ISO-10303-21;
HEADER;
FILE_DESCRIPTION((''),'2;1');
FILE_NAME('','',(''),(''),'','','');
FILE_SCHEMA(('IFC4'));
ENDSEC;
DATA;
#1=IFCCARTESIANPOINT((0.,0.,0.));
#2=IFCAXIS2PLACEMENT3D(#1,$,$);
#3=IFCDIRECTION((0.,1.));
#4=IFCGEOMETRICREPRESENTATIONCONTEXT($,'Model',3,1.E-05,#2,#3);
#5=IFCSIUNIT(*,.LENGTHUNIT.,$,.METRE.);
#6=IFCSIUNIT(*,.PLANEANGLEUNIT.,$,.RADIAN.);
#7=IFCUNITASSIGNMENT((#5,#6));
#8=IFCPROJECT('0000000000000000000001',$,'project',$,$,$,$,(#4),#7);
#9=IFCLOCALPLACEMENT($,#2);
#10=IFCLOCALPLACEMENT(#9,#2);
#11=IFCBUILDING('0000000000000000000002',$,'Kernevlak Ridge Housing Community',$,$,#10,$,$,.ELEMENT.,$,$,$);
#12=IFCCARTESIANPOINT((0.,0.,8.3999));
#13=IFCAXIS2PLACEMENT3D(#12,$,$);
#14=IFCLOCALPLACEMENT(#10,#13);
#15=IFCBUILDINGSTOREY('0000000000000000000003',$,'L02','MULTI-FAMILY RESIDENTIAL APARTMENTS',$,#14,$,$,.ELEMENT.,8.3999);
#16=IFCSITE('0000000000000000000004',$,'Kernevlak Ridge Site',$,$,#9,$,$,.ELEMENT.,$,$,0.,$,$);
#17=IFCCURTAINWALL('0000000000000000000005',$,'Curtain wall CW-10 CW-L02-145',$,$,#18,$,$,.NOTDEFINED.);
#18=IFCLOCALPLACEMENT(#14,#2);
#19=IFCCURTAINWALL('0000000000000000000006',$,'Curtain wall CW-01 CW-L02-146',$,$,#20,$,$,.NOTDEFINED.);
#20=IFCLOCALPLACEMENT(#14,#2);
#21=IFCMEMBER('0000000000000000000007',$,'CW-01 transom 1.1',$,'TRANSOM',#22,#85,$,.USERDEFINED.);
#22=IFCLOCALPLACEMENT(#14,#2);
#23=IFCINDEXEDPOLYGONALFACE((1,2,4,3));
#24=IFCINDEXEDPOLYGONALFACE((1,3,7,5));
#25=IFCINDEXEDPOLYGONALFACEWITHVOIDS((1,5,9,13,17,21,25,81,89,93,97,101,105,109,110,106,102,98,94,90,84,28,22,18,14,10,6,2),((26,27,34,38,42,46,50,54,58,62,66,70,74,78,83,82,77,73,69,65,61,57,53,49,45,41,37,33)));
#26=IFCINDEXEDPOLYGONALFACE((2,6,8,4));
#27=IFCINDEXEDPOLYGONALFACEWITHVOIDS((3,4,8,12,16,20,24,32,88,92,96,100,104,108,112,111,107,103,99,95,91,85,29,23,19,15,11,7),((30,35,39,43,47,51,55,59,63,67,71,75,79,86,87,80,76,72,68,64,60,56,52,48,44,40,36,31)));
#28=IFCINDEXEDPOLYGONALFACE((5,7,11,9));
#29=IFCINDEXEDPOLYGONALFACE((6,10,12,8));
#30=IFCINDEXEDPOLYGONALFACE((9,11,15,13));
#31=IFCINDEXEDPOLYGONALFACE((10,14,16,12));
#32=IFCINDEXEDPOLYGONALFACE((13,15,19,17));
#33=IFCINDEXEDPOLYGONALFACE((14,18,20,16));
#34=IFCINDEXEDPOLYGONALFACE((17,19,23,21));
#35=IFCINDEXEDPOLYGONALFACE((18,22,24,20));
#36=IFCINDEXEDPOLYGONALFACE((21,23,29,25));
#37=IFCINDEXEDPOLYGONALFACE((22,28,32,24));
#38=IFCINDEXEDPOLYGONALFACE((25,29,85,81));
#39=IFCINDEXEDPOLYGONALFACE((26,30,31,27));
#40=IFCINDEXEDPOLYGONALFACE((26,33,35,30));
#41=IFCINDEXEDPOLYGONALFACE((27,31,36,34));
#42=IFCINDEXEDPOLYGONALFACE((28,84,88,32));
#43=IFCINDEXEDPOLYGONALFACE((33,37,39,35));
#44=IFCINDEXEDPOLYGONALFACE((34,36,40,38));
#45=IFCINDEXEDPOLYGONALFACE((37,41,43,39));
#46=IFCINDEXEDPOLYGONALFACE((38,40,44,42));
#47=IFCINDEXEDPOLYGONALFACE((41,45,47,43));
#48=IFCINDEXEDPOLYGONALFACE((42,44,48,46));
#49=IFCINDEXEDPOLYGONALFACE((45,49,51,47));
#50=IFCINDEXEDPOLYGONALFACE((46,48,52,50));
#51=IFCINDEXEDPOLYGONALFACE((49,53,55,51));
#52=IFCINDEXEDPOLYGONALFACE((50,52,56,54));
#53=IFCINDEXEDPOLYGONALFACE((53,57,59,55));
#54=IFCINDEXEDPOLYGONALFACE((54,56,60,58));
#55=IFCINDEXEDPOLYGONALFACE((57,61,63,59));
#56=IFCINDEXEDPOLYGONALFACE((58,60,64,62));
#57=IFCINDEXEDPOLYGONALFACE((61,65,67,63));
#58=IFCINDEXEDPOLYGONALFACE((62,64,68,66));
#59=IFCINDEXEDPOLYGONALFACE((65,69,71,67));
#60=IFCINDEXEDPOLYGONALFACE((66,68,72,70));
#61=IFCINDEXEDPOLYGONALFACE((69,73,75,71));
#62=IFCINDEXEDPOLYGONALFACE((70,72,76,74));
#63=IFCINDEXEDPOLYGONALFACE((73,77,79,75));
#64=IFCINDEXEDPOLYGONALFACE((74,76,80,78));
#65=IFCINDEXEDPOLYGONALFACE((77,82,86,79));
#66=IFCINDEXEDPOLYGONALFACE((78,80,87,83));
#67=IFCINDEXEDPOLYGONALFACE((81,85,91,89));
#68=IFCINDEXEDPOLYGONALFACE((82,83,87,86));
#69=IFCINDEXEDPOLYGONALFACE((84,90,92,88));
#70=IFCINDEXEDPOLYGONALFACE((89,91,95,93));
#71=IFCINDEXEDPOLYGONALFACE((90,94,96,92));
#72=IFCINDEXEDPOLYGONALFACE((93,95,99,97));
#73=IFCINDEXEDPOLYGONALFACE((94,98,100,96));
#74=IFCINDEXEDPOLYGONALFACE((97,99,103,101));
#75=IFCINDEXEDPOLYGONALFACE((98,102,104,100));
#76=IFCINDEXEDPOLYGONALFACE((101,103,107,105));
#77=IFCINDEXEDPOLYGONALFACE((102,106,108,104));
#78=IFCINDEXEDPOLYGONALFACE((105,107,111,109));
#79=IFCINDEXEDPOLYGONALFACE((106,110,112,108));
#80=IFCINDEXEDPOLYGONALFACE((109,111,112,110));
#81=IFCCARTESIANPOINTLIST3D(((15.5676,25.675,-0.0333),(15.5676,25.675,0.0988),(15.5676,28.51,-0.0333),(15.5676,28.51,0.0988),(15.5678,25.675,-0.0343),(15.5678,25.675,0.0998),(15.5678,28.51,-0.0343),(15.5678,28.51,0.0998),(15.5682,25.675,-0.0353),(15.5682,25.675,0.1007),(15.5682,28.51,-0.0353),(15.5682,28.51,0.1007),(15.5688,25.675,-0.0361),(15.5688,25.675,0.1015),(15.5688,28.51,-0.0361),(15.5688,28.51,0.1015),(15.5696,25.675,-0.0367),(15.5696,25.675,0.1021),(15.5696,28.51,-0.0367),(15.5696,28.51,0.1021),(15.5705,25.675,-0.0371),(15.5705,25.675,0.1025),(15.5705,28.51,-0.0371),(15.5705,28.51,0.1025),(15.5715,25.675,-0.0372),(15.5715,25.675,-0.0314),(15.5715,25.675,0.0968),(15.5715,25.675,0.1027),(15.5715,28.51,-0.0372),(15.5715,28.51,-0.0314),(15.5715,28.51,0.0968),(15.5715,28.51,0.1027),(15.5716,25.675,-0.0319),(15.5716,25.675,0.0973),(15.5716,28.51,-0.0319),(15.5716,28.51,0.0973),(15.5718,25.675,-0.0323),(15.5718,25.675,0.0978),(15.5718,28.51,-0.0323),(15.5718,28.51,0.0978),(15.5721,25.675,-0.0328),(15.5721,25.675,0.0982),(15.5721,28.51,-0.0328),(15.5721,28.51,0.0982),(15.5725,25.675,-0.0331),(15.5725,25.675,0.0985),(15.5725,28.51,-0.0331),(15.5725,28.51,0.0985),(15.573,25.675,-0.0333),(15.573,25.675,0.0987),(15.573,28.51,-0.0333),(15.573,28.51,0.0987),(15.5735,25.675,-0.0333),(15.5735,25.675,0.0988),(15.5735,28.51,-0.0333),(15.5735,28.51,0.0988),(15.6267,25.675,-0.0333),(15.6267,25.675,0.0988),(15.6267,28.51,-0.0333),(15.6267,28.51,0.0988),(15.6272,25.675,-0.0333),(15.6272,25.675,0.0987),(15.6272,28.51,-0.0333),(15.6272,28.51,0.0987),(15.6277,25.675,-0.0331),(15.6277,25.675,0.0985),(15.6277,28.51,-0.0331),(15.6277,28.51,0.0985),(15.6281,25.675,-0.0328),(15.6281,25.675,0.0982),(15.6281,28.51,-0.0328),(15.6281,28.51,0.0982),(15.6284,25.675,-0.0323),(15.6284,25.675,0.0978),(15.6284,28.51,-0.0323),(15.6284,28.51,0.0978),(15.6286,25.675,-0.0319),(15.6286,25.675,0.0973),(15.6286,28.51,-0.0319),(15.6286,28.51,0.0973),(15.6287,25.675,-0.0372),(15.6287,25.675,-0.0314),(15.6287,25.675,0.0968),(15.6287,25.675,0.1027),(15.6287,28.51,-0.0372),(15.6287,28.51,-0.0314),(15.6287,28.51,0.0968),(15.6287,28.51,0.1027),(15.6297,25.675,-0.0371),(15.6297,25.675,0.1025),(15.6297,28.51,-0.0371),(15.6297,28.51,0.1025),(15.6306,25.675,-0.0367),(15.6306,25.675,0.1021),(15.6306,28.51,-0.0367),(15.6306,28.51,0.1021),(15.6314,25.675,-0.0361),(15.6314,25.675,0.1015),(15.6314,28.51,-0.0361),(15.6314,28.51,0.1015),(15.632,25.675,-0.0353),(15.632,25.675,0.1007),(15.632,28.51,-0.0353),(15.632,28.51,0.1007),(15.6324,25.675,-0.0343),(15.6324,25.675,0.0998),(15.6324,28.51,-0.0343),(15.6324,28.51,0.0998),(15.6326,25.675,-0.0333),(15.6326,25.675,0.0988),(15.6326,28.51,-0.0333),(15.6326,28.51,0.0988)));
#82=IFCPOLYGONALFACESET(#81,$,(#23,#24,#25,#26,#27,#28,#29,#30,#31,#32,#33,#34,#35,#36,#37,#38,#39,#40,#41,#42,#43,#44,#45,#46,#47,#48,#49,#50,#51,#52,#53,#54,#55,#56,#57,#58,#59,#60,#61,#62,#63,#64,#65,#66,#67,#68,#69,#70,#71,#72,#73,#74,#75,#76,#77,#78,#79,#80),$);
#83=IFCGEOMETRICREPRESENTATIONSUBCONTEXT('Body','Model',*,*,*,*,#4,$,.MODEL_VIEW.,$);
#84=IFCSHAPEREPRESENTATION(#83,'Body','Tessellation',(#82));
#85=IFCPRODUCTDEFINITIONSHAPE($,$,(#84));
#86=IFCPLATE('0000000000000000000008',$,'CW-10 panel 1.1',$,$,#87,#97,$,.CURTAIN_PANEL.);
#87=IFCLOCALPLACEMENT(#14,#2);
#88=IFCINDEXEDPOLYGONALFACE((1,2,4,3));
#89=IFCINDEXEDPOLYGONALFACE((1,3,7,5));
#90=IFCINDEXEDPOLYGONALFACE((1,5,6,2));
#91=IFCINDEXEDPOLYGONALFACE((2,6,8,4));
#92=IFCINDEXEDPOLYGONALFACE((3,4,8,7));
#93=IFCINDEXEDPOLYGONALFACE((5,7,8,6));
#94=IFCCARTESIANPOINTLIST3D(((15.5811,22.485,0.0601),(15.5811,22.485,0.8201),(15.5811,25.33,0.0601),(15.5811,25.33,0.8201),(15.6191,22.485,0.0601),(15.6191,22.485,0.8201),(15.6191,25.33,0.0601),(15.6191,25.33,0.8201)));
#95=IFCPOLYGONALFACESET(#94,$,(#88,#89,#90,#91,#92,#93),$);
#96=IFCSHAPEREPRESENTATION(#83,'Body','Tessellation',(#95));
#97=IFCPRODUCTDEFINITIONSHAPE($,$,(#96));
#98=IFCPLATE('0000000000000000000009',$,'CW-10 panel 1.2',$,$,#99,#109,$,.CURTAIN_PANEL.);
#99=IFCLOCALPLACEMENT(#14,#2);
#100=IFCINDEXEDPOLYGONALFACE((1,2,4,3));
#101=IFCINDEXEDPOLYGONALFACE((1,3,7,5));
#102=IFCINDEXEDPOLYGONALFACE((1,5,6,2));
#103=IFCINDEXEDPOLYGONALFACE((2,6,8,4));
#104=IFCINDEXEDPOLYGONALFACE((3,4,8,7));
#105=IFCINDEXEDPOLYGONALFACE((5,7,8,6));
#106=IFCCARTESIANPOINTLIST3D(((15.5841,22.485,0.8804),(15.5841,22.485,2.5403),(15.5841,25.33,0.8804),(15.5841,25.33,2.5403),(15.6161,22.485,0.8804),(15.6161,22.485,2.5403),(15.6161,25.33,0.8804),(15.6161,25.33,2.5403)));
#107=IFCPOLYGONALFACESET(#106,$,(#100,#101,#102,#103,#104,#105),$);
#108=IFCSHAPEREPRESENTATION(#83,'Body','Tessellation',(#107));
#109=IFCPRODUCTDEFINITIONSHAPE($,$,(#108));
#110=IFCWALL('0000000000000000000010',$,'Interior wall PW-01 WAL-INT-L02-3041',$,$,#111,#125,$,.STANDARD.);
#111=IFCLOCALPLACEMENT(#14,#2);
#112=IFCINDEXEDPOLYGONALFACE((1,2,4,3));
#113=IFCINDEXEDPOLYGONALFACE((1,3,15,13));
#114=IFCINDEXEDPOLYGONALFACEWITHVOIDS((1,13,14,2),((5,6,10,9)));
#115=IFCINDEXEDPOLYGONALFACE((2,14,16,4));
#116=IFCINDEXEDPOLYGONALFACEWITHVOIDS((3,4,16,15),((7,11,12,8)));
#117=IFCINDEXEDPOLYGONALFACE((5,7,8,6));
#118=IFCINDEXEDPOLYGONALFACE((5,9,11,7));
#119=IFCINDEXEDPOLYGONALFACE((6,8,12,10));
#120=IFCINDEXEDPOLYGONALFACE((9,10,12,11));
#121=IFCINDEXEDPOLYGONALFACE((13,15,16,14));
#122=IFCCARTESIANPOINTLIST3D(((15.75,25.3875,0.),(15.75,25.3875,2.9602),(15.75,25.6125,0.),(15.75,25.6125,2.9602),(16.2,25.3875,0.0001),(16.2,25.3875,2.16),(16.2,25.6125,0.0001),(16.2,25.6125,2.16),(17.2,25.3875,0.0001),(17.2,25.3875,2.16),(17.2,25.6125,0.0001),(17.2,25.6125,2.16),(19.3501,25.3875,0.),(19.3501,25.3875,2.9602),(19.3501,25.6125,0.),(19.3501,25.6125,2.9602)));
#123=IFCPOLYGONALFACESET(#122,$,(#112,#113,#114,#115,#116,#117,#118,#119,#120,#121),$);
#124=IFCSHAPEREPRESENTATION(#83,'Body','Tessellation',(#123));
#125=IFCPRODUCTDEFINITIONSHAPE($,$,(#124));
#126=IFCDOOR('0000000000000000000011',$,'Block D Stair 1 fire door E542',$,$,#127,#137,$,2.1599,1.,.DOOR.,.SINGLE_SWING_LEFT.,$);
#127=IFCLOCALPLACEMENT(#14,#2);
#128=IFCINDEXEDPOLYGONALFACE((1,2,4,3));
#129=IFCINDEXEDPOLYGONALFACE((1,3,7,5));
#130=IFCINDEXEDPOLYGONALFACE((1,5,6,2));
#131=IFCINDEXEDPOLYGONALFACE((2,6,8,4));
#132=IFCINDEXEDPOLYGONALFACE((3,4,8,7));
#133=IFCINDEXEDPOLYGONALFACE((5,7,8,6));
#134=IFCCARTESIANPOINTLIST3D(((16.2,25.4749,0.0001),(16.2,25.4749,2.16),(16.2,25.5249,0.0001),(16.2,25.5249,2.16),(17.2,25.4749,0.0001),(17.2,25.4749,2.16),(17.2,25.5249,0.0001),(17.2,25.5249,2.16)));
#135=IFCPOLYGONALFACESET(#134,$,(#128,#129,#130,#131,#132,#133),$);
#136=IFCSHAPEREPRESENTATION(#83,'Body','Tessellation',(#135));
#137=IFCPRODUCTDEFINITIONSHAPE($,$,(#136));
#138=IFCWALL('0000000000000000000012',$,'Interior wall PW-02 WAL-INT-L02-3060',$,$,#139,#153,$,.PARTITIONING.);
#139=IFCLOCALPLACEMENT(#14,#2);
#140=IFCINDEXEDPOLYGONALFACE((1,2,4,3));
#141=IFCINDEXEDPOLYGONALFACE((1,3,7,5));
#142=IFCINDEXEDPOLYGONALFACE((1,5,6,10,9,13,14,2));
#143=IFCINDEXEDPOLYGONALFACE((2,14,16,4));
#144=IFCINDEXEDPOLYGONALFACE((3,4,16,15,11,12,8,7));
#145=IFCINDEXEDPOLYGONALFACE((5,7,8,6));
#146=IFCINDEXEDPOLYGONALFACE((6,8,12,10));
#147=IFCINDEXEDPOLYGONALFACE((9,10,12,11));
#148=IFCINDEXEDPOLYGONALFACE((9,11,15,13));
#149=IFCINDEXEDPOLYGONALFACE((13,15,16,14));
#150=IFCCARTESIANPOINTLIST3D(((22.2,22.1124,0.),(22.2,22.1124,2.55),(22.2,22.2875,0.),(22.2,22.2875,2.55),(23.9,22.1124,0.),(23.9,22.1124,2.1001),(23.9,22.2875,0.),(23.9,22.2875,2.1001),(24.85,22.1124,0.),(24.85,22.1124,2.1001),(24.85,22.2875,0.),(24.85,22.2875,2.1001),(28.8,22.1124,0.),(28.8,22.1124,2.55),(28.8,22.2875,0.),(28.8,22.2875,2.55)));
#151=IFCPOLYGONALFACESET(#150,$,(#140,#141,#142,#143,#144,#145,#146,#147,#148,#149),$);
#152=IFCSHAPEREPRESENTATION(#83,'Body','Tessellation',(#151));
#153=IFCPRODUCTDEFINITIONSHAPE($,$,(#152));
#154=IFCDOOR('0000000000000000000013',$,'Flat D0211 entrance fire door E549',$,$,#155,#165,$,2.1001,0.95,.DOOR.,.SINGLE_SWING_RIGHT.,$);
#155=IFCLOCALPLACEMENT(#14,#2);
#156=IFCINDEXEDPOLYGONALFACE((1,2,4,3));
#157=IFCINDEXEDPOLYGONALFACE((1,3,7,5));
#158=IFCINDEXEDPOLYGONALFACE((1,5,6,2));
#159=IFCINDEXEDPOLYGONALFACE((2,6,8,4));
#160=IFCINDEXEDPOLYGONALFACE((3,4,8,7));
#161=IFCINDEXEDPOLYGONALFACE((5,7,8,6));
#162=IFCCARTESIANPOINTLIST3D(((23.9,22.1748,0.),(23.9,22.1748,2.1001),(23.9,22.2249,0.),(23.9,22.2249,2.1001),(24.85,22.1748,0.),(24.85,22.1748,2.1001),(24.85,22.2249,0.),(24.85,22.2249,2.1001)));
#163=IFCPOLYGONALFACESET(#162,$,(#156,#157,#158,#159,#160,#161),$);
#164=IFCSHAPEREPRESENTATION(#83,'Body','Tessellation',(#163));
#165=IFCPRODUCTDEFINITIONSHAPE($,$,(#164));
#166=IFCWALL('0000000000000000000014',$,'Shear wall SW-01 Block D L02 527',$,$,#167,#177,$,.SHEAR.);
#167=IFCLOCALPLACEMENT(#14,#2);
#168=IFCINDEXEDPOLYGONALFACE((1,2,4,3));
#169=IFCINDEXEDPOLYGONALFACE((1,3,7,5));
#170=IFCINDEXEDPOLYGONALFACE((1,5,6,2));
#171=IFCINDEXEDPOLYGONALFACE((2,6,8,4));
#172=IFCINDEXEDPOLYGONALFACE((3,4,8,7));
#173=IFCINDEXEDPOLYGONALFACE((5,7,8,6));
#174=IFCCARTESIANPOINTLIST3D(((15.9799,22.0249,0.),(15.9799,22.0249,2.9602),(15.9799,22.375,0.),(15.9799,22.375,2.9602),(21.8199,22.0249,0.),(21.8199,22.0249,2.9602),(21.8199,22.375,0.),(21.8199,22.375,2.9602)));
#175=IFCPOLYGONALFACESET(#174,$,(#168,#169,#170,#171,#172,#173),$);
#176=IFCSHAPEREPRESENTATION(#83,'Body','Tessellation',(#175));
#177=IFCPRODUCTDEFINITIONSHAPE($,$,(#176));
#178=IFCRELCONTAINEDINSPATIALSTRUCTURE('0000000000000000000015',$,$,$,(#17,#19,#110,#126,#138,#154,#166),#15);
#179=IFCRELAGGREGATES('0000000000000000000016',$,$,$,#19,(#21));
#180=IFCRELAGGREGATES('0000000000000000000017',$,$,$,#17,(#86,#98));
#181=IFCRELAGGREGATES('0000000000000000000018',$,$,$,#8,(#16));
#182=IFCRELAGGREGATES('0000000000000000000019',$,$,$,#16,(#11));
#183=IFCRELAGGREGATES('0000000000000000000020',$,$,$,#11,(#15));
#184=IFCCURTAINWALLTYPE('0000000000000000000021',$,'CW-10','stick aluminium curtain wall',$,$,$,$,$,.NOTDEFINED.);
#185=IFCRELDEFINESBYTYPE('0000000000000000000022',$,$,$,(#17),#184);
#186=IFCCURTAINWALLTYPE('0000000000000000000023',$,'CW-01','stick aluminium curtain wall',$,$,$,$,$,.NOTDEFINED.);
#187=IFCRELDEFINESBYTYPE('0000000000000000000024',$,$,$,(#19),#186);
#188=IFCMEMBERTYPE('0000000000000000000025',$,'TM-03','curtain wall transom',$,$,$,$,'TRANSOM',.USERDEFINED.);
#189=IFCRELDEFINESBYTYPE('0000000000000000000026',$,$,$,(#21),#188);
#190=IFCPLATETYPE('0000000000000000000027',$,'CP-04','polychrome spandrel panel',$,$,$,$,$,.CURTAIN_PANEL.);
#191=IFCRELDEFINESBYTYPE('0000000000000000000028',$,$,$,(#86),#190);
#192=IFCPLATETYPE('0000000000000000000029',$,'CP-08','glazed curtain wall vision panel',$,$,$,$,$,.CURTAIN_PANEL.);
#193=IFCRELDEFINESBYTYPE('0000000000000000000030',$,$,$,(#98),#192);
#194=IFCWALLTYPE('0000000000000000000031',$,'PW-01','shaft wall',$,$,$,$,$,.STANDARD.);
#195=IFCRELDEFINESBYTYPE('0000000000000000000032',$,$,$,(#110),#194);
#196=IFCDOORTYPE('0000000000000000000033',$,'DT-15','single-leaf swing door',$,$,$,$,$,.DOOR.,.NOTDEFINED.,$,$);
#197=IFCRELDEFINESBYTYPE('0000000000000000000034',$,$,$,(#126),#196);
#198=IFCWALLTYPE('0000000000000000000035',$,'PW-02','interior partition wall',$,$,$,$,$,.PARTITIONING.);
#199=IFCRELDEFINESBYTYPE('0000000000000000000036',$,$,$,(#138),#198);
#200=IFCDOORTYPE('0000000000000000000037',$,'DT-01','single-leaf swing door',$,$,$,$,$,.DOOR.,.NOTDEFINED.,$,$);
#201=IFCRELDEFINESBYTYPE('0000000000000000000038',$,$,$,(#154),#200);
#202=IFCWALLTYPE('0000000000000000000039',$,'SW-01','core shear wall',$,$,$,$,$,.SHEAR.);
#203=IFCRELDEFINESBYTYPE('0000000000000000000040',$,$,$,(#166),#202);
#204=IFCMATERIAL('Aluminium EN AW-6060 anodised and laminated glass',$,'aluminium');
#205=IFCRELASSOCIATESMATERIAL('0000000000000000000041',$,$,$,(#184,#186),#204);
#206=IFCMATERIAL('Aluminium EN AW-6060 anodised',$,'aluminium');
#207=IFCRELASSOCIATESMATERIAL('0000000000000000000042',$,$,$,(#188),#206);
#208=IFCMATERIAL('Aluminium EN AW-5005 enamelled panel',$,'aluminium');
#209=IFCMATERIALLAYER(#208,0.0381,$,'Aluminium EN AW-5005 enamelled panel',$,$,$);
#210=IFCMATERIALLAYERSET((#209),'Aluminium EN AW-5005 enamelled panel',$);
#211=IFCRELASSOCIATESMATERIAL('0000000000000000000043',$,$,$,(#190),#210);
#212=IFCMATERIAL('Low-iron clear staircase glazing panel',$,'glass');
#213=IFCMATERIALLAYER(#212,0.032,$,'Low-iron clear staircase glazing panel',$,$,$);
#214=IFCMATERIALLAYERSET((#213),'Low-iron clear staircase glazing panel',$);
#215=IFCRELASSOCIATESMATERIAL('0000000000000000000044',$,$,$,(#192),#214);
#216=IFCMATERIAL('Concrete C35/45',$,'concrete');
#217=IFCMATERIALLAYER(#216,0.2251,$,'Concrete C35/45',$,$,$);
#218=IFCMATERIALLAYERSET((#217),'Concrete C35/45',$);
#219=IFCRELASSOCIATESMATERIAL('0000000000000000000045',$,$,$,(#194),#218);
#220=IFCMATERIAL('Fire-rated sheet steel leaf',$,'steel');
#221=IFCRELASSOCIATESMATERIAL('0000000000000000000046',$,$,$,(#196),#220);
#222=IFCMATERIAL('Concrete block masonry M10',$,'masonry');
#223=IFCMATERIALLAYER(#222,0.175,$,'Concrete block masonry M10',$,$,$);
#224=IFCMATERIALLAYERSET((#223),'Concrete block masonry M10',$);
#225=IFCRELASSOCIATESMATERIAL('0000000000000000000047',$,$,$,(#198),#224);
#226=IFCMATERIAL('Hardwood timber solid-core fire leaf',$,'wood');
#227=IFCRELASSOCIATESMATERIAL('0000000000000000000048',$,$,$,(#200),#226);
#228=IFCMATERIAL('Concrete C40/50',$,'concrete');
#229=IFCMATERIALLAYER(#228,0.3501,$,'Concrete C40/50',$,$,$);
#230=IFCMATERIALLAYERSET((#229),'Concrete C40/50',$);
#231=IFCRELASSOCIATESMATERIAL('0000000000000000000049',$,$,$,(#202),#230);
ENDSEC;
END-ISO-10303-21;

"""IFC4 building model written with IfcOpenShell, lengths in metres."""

from ifc_helpers import new_model, si_unit, direction, frame, frame_2d, origin, origin_2d, place, context, subcontext, project, spatial, rectangle, hollow_rectangle, extrude, material, layer, layer_set, material_profile, profile_set, type_object, element, fill, aggregate, save


model = new_model("IFC4")

# Units and contexts
model_context = context("Model", 3, precision=1e-05, world=origin(), true_north=direction((0.0, 1.0)))
body_context = subcontext(model_context, "Body", "Model", "MODEL_VIEW")
ifc_project = project(units=[si_unit("LENGTHUNIT", "METRE"), si_unit("PLANEANGLEUNIT", "RADIAN")], contexts=[model_context])

# Site, building, storey
site_placement = place(None, origin())
site = spatial("IfcSite", under=ifc_project, at=site_placement, Name="Kernevlak Ridge Site", CompositionType="ELEMENT", RefElevation=0.0)
building_placement = place(site_placement, origin())
building = spatial("IfcBuilding", under=site, at=building_placement, Name="Kernevlak Ridge Housing Community", CompositionType="ELEMENT")
storey_placement = place(building_placement, frame((0.0, 0.0, 8.3999)))
storey = spatial("IfcBuildingStorey", under=building, at=storey_placement, Name="L02", Description="MULTI-FAMILY RESIDENTIAL APARTMENTS", CompositionType="ELEMENT", Elevation=8.3999)

# Shared definitions
ifc_material_1 = material(Name="Concrete C35/45", Category="concrete")

# Curtain wall
ifc_material_2 = material(Name="Aluminium EN AW-6060 anodised and laminated glass", Category="aluminium")
curtain_wall_type_1 = type_object("IfcCurtainWallType", Name="CW-10", Description="stick aluminium curtain wall", PredefinedType="NOTDEFINED", material=ifc_material_2)
curtain_wall_1_placement = place(storey_placement, origin())
curtain_wall_1 = element("IfcCurtainWall", 1, at=curtain_wall_1_placement, inside=storey, type_object=curtain_wall_type_1, Name="Curtain wall CW-10 CW-L02-145", PredefinedType="NOTDEFINED")
ifc_material_3 = material(Name="Aluminium EN AW-6060 anodised", Category="aluminium")

# Curtain wall
curtain_wall_type_2 = type_object("IfcCurtainWallType", Name="CW-01", Description="stick aluminium curtain wall", PredefinedType="NOTDEFINED", material=ifc_material_2)
curtain_wall_2_placement = place(storey_placement, origin())
curtain_wall_2 = element("IfcCurtainWall", 2, at=curtain_wall_2_placement, inside=storey, type_object=curtain_wall_type_2, Name="Curtain wall CW-01 CW-L02-146", PredefinedType="NOTDEFINED")

# Member
ifc_material_profile_1 = material_profile(ifc_material_3, hollow_rectangle(XDim=0.0649, YDim=0.1399, WallThickness=0.0039, InnerFilletRadius=0.002, OuterFilletRadius=0.0039, at=origin_2d()), Name="ALU 65x140x4")
ifc_profile_set_1 = profile_set([ifc_material_profile_1], Name="Aluminium EN AW-6060 anodised")
member_type_1 = type_object("IfcMemberType", Name="TM-03", Description="curtain wall transom", ElementType="TRANSOM", PredefinedType="USERDEFINED", material=ifc_profile_set_1)
member_1_placement = place(storey_placement, frame((15.6001, 25.675, 0.0327), z_axis=(0.0, 1.0, 0.0), x_axis=(-1.0, 0.0, 0.0)))
member_1 = element("IfcMember", 3, at=member_1_placement, type_object=member_type_1, Name="CW-01 transom 1.1", ObjectType="TRANSOM", PredefinedType="USERDEFINED", context=body_context, shape_type="SweptSolid", body=[
    extrude(hollow_rectangle(XDim=0.0649, YDim=0.1399, WallThickness=0.0039, InnerFilletRadius=0.002, OuterFilletRadius=0.0039, at=origin_2d()), origin(), (0.0, 0.0, 1.0), 2.835),
])
aggregate(curtain_wall_2, [member_1])

# Plates
ifc_material_4 = material(Name="Aluminium EN AW-5005 enamelled panel", Category="aluminium")
ifc_layer_1 = layer(ifc_material_4, 0.0381, Name="Aluminium EN AW-5005 enamelled panel")
ifc_layer_set_1 = layer_set([ifc_layer_1], Name="Aluminium EN AW-5005 enamelled panel")
plate_type_1 = type_object("IfcPlateType", Name="CP-04", Description="polychrome spandrel panel", PredefinedType="CURTAIN_PANEL", material=ifc_layer_set_1)
plate_1_placement = place(storey_placement, frame((15.6001, 23.9075, 0.0601), z_axis=(0.0, 0.0, 1.0), x_axis=(0.0, 1.0, 0.0)))
plate_1 = element("IfcPlate", 4, at=plate_1_placement, type_object=plate_type_1, Name="CW-10 panel 1.1", PredefinedType="CURTAIN_PANEL", context=body_context, shape_type="SweptSolid", body=[
    extrude(rectangle(XDim=2.845, YDim=0.0381, at=origin_2d()), origin(), (0.0, 0.0, 1.0), 0.76),
])
ifc_material_5 = material(Name="Low-iron clear staircase glazing panel", Category="glass")
ifc_layer_2 = layer(ifc_material_5, 0.032, Name="Low-iron clear staircase glazing panel")
ifc_layer_set_2 = layer_set([ifc_layer_2], Name="Low-iron clear staircase glazing panel")
plate_type_2 = type_object("IfcPlateType", Name="CP-08", Description="glazed curtain wall vision panel", PredefinedType="CURTAIN_PANEL", material=ifc_layer_set_2)
plate_2_placement = place(storey_placement, frame((15.6001, 23.9075, 0.8804), z_axis=(0.0, 0.0, 1.0), x_axis=(0.0, 1.0, 0.0)))
plate_2 = element("IfcPlate", 5, at=plate_2_placement, type_object=plate_type_2, Name="CW-10 panel 1.2", PredefinedType="CURTAIN_PANEL", context=body_context, shape_type="SweptSolid", body=[
    extrude(rectangle(XDim=2.845, YDim=0.032, at=origin_2d()), origin(), (0.0, 0.0, 1.0), 1.6599),
])
aggregate(curtain_wall_1, [plate_1, plate_2])

# Walls, openings, doors
ifc_layer_3 = layer(ifc_material_1, 0.2251, Name="Concrete C35/45")
ifc_layer_set_3 = layer_set([ifc_layer_3], Name="Concrete C35/45")
wall_type_1 = type_object("IfcWallType", Name="PW-01", Description="shaft wall", PredefinedType="STANDARD", material=ifc_layer_set_3)
wall_1_placement = place(storey_placement, frame((15.75, 25.5, 0.0), z_axis=(0.0, 0.0, 1.0), x_axis=(1.0, 0.0, 0.0)))
wall_1 = element("IfcWall", 6, at=wall_1_placement, inside=storey, type_object=wall_type_1, Name="Interior wall PW-01 WAL-INT-L02-3041", PredefinedType="STANDARD", context=body_context, shape_type="SweptSolid", body=[
    extrude(rectangle(XDim=3.6001, YDim=0.2251, at=frame_2d((1.8, 0.0))), origin(), (0.0, 0.0, 1.0), 2.9602),
])
opening_1_placement = place(wall_1_placement, frame((0.45, 0.0, 0.0)))
opening_1 = element("IfcOpeningElement", 7, at=opening_1_placement, cuts=wall_1, PredefinedType="OPENING", context=body_context, shape_type="SweptSolid", body=[
    extrude(rectangle(XDim=1.0, YDim=2.1599, at=frame_2d((0.5, 1.0801))), frame((0.0, 0.1226, 0.0), z_axis=(0.0, -1.0, 0.0), x_axis=(1.0, 0.0, 0.0)), (0.0, 0.0, 1.0), 0.2451),
])
ifc_material_6 = material(Name="Fire-rated sheet steel leaf", Category="steel")
door_type_1 = type_object("IfcDoorType", Name="DT-15", Description="single-leaf swing door", OperationType="NOTDEFINED", PredefinedType="DOOR", material=ifc_material_6)
door_1_placement = place(opening_1_placement, origin())
door_1 = element("IfcDoor", 8, at=door_1_placement, inside=storey, type_object=door_type_1, Name="Block D Stair 1 fire door E542", OperationType="SINGLE_SWING_LEFT", OverallHeight=2.1599, OverallWidth=1.0, PredefinedType="DOOR", context=body_context, shape_type="SweptSolid", body=[
    extrude(rectangle(XDim=1.0, YDim=2.1599, at=frame_2d((0.5, 1.0801))), frame((0.0, 0.0249, 0.0), z_axis=(0.0, -1.0, 0.0), x_axis=(1.0, 0.0, 0.0)), (0.0, 0.0, 1.0), 0.05),
])
fill(opening_1, door_1)
ifc_material_7 = material(Name="Concrete block masonry M10", Category="masonry")
ifc_layer_4 = layer(ifc_material_7, 0.175, Name="Concrete block masonry M10")
ifc_layer_set_4 = layer_set([ifc_layer_4], Name="Concrete block masonry M10")
wall_type_2 = type_object("IfcWallType", Name="PW-02", Description="interior partition wall", PredefinedType="PARTITIONING", material=ifc_layer_set_4)
wall_2_placement = place(storey_placement, frame((22.2, 22.2, 0.0), z_axis=(0.0, 0.0, 1.0), x_axis=(1.0, 0.0, 0.0)))
wall_2 = element("IfcWall", 9, at=wall_2_placement, inside=storey, type_object=wall_type_2, Name="Interior wall PW-02 WAL-INT-L02-3060", PredefinedType="PARTITIONING", context=body_context, shape_type="SweptSolid", body=[
    extrude(rectangle(XDim=6.6001, YDim=0.175, at=frame_2d((3.3, 0.0))), origin(), (0.0, 0.0, 1.0), 2.55),
])
opening_2_placement = place(wall_2_placement, frame((1.7, 0.0, 0.0)))
opening_2 = element("IfcOpeningElement", 10, at=opening_2_placement, cuts=wall_2, PredefinedType="OPENING", context=body_context, shape_type="SweptSolid", body=[
    extrude(rectangle(XDim=0.95, YDim=2.1001, at=frame_2d((0.4751, 1.05))), frame((0.0, 0.0974, 0.0), z_axis=(0.0, -1.0, 0.0), x_axis=(1.0, 0.0, 0.0)), (0.0, 0.0, 1.0), 0.1951),
])
ifc_material_8 = material(Name="Hardwood timber solid-core fire leaf", Category="wood")
door_type_2 = type_object("IfcDoorType", Name="DT-01", Description="single-leaf swing door", OperationType="NOTDEFINED", PredefinedType="DOOR", material=ifc_material_8)
door_2_placement = place(opening_2_placement, origin())
door_2 = element("IfcDoor", 11, at=door_2_placement, inside=storey, type_object=door_type_2, Name="Flat D0211 entrance fire door E549", OperationType="SINGLE_SWING_RIGHT", OverallHeight=2.1001, OverallWidth=0.95, PredefinedType="DOOR", context=body_context, shape_type="SweptSolid", body=[
    extrude(rectangle(XDim=0.95, YDim=2.1001, at=frame_2d((0.4751, 1.05))), frame((0.0, 0.0249, 0.0), z_axis=(0.0, -1.0, 0.0), x_axis=(1.0, 0.0, 0.0)), (0.0, 0.0, 1.0), 0.05),
])
fill(opening_2, door_2)

# Wall
ifc_material_9 = material(Name="Concrete C40/50", Category="concrete")
ifc_layer_5 = layer(ifc_material_9, 0.3501, Name="Concrete C40/50")
ifc_layer_set_5 = layer_set([ifc_layer_5], Name="Concrete C40/50")
wall_type_3 = type_object("IfcWallType", Name="SW-01", Description="core shear wall", PredefinedType="SHEAR", material=ifc_layer_set_5)
wall_3_placement = place(storey_placement, frame((15.98, 22.2, 0.0), z_axis=(0.0, 0.0, 1.0), x_axis=(1.0, 0.0, 0.0)))
element("IfcWall", 12, at=wall_3_placement, inside=storey, type_object=wall_type_3, Name="Shear wall SW-01 Block D L02 527", PredefinedType="SHEAR", context=body_context, shape_type="SweptSolid", body=[
    extrude(rectangle(XDim=5.8401, YDim=0.3501, at=frame_2d((2.9199, 0.0))), origin(), (0.0, 0.0, 1.0), 2.9602),
])

save(model, "model.ifc")
